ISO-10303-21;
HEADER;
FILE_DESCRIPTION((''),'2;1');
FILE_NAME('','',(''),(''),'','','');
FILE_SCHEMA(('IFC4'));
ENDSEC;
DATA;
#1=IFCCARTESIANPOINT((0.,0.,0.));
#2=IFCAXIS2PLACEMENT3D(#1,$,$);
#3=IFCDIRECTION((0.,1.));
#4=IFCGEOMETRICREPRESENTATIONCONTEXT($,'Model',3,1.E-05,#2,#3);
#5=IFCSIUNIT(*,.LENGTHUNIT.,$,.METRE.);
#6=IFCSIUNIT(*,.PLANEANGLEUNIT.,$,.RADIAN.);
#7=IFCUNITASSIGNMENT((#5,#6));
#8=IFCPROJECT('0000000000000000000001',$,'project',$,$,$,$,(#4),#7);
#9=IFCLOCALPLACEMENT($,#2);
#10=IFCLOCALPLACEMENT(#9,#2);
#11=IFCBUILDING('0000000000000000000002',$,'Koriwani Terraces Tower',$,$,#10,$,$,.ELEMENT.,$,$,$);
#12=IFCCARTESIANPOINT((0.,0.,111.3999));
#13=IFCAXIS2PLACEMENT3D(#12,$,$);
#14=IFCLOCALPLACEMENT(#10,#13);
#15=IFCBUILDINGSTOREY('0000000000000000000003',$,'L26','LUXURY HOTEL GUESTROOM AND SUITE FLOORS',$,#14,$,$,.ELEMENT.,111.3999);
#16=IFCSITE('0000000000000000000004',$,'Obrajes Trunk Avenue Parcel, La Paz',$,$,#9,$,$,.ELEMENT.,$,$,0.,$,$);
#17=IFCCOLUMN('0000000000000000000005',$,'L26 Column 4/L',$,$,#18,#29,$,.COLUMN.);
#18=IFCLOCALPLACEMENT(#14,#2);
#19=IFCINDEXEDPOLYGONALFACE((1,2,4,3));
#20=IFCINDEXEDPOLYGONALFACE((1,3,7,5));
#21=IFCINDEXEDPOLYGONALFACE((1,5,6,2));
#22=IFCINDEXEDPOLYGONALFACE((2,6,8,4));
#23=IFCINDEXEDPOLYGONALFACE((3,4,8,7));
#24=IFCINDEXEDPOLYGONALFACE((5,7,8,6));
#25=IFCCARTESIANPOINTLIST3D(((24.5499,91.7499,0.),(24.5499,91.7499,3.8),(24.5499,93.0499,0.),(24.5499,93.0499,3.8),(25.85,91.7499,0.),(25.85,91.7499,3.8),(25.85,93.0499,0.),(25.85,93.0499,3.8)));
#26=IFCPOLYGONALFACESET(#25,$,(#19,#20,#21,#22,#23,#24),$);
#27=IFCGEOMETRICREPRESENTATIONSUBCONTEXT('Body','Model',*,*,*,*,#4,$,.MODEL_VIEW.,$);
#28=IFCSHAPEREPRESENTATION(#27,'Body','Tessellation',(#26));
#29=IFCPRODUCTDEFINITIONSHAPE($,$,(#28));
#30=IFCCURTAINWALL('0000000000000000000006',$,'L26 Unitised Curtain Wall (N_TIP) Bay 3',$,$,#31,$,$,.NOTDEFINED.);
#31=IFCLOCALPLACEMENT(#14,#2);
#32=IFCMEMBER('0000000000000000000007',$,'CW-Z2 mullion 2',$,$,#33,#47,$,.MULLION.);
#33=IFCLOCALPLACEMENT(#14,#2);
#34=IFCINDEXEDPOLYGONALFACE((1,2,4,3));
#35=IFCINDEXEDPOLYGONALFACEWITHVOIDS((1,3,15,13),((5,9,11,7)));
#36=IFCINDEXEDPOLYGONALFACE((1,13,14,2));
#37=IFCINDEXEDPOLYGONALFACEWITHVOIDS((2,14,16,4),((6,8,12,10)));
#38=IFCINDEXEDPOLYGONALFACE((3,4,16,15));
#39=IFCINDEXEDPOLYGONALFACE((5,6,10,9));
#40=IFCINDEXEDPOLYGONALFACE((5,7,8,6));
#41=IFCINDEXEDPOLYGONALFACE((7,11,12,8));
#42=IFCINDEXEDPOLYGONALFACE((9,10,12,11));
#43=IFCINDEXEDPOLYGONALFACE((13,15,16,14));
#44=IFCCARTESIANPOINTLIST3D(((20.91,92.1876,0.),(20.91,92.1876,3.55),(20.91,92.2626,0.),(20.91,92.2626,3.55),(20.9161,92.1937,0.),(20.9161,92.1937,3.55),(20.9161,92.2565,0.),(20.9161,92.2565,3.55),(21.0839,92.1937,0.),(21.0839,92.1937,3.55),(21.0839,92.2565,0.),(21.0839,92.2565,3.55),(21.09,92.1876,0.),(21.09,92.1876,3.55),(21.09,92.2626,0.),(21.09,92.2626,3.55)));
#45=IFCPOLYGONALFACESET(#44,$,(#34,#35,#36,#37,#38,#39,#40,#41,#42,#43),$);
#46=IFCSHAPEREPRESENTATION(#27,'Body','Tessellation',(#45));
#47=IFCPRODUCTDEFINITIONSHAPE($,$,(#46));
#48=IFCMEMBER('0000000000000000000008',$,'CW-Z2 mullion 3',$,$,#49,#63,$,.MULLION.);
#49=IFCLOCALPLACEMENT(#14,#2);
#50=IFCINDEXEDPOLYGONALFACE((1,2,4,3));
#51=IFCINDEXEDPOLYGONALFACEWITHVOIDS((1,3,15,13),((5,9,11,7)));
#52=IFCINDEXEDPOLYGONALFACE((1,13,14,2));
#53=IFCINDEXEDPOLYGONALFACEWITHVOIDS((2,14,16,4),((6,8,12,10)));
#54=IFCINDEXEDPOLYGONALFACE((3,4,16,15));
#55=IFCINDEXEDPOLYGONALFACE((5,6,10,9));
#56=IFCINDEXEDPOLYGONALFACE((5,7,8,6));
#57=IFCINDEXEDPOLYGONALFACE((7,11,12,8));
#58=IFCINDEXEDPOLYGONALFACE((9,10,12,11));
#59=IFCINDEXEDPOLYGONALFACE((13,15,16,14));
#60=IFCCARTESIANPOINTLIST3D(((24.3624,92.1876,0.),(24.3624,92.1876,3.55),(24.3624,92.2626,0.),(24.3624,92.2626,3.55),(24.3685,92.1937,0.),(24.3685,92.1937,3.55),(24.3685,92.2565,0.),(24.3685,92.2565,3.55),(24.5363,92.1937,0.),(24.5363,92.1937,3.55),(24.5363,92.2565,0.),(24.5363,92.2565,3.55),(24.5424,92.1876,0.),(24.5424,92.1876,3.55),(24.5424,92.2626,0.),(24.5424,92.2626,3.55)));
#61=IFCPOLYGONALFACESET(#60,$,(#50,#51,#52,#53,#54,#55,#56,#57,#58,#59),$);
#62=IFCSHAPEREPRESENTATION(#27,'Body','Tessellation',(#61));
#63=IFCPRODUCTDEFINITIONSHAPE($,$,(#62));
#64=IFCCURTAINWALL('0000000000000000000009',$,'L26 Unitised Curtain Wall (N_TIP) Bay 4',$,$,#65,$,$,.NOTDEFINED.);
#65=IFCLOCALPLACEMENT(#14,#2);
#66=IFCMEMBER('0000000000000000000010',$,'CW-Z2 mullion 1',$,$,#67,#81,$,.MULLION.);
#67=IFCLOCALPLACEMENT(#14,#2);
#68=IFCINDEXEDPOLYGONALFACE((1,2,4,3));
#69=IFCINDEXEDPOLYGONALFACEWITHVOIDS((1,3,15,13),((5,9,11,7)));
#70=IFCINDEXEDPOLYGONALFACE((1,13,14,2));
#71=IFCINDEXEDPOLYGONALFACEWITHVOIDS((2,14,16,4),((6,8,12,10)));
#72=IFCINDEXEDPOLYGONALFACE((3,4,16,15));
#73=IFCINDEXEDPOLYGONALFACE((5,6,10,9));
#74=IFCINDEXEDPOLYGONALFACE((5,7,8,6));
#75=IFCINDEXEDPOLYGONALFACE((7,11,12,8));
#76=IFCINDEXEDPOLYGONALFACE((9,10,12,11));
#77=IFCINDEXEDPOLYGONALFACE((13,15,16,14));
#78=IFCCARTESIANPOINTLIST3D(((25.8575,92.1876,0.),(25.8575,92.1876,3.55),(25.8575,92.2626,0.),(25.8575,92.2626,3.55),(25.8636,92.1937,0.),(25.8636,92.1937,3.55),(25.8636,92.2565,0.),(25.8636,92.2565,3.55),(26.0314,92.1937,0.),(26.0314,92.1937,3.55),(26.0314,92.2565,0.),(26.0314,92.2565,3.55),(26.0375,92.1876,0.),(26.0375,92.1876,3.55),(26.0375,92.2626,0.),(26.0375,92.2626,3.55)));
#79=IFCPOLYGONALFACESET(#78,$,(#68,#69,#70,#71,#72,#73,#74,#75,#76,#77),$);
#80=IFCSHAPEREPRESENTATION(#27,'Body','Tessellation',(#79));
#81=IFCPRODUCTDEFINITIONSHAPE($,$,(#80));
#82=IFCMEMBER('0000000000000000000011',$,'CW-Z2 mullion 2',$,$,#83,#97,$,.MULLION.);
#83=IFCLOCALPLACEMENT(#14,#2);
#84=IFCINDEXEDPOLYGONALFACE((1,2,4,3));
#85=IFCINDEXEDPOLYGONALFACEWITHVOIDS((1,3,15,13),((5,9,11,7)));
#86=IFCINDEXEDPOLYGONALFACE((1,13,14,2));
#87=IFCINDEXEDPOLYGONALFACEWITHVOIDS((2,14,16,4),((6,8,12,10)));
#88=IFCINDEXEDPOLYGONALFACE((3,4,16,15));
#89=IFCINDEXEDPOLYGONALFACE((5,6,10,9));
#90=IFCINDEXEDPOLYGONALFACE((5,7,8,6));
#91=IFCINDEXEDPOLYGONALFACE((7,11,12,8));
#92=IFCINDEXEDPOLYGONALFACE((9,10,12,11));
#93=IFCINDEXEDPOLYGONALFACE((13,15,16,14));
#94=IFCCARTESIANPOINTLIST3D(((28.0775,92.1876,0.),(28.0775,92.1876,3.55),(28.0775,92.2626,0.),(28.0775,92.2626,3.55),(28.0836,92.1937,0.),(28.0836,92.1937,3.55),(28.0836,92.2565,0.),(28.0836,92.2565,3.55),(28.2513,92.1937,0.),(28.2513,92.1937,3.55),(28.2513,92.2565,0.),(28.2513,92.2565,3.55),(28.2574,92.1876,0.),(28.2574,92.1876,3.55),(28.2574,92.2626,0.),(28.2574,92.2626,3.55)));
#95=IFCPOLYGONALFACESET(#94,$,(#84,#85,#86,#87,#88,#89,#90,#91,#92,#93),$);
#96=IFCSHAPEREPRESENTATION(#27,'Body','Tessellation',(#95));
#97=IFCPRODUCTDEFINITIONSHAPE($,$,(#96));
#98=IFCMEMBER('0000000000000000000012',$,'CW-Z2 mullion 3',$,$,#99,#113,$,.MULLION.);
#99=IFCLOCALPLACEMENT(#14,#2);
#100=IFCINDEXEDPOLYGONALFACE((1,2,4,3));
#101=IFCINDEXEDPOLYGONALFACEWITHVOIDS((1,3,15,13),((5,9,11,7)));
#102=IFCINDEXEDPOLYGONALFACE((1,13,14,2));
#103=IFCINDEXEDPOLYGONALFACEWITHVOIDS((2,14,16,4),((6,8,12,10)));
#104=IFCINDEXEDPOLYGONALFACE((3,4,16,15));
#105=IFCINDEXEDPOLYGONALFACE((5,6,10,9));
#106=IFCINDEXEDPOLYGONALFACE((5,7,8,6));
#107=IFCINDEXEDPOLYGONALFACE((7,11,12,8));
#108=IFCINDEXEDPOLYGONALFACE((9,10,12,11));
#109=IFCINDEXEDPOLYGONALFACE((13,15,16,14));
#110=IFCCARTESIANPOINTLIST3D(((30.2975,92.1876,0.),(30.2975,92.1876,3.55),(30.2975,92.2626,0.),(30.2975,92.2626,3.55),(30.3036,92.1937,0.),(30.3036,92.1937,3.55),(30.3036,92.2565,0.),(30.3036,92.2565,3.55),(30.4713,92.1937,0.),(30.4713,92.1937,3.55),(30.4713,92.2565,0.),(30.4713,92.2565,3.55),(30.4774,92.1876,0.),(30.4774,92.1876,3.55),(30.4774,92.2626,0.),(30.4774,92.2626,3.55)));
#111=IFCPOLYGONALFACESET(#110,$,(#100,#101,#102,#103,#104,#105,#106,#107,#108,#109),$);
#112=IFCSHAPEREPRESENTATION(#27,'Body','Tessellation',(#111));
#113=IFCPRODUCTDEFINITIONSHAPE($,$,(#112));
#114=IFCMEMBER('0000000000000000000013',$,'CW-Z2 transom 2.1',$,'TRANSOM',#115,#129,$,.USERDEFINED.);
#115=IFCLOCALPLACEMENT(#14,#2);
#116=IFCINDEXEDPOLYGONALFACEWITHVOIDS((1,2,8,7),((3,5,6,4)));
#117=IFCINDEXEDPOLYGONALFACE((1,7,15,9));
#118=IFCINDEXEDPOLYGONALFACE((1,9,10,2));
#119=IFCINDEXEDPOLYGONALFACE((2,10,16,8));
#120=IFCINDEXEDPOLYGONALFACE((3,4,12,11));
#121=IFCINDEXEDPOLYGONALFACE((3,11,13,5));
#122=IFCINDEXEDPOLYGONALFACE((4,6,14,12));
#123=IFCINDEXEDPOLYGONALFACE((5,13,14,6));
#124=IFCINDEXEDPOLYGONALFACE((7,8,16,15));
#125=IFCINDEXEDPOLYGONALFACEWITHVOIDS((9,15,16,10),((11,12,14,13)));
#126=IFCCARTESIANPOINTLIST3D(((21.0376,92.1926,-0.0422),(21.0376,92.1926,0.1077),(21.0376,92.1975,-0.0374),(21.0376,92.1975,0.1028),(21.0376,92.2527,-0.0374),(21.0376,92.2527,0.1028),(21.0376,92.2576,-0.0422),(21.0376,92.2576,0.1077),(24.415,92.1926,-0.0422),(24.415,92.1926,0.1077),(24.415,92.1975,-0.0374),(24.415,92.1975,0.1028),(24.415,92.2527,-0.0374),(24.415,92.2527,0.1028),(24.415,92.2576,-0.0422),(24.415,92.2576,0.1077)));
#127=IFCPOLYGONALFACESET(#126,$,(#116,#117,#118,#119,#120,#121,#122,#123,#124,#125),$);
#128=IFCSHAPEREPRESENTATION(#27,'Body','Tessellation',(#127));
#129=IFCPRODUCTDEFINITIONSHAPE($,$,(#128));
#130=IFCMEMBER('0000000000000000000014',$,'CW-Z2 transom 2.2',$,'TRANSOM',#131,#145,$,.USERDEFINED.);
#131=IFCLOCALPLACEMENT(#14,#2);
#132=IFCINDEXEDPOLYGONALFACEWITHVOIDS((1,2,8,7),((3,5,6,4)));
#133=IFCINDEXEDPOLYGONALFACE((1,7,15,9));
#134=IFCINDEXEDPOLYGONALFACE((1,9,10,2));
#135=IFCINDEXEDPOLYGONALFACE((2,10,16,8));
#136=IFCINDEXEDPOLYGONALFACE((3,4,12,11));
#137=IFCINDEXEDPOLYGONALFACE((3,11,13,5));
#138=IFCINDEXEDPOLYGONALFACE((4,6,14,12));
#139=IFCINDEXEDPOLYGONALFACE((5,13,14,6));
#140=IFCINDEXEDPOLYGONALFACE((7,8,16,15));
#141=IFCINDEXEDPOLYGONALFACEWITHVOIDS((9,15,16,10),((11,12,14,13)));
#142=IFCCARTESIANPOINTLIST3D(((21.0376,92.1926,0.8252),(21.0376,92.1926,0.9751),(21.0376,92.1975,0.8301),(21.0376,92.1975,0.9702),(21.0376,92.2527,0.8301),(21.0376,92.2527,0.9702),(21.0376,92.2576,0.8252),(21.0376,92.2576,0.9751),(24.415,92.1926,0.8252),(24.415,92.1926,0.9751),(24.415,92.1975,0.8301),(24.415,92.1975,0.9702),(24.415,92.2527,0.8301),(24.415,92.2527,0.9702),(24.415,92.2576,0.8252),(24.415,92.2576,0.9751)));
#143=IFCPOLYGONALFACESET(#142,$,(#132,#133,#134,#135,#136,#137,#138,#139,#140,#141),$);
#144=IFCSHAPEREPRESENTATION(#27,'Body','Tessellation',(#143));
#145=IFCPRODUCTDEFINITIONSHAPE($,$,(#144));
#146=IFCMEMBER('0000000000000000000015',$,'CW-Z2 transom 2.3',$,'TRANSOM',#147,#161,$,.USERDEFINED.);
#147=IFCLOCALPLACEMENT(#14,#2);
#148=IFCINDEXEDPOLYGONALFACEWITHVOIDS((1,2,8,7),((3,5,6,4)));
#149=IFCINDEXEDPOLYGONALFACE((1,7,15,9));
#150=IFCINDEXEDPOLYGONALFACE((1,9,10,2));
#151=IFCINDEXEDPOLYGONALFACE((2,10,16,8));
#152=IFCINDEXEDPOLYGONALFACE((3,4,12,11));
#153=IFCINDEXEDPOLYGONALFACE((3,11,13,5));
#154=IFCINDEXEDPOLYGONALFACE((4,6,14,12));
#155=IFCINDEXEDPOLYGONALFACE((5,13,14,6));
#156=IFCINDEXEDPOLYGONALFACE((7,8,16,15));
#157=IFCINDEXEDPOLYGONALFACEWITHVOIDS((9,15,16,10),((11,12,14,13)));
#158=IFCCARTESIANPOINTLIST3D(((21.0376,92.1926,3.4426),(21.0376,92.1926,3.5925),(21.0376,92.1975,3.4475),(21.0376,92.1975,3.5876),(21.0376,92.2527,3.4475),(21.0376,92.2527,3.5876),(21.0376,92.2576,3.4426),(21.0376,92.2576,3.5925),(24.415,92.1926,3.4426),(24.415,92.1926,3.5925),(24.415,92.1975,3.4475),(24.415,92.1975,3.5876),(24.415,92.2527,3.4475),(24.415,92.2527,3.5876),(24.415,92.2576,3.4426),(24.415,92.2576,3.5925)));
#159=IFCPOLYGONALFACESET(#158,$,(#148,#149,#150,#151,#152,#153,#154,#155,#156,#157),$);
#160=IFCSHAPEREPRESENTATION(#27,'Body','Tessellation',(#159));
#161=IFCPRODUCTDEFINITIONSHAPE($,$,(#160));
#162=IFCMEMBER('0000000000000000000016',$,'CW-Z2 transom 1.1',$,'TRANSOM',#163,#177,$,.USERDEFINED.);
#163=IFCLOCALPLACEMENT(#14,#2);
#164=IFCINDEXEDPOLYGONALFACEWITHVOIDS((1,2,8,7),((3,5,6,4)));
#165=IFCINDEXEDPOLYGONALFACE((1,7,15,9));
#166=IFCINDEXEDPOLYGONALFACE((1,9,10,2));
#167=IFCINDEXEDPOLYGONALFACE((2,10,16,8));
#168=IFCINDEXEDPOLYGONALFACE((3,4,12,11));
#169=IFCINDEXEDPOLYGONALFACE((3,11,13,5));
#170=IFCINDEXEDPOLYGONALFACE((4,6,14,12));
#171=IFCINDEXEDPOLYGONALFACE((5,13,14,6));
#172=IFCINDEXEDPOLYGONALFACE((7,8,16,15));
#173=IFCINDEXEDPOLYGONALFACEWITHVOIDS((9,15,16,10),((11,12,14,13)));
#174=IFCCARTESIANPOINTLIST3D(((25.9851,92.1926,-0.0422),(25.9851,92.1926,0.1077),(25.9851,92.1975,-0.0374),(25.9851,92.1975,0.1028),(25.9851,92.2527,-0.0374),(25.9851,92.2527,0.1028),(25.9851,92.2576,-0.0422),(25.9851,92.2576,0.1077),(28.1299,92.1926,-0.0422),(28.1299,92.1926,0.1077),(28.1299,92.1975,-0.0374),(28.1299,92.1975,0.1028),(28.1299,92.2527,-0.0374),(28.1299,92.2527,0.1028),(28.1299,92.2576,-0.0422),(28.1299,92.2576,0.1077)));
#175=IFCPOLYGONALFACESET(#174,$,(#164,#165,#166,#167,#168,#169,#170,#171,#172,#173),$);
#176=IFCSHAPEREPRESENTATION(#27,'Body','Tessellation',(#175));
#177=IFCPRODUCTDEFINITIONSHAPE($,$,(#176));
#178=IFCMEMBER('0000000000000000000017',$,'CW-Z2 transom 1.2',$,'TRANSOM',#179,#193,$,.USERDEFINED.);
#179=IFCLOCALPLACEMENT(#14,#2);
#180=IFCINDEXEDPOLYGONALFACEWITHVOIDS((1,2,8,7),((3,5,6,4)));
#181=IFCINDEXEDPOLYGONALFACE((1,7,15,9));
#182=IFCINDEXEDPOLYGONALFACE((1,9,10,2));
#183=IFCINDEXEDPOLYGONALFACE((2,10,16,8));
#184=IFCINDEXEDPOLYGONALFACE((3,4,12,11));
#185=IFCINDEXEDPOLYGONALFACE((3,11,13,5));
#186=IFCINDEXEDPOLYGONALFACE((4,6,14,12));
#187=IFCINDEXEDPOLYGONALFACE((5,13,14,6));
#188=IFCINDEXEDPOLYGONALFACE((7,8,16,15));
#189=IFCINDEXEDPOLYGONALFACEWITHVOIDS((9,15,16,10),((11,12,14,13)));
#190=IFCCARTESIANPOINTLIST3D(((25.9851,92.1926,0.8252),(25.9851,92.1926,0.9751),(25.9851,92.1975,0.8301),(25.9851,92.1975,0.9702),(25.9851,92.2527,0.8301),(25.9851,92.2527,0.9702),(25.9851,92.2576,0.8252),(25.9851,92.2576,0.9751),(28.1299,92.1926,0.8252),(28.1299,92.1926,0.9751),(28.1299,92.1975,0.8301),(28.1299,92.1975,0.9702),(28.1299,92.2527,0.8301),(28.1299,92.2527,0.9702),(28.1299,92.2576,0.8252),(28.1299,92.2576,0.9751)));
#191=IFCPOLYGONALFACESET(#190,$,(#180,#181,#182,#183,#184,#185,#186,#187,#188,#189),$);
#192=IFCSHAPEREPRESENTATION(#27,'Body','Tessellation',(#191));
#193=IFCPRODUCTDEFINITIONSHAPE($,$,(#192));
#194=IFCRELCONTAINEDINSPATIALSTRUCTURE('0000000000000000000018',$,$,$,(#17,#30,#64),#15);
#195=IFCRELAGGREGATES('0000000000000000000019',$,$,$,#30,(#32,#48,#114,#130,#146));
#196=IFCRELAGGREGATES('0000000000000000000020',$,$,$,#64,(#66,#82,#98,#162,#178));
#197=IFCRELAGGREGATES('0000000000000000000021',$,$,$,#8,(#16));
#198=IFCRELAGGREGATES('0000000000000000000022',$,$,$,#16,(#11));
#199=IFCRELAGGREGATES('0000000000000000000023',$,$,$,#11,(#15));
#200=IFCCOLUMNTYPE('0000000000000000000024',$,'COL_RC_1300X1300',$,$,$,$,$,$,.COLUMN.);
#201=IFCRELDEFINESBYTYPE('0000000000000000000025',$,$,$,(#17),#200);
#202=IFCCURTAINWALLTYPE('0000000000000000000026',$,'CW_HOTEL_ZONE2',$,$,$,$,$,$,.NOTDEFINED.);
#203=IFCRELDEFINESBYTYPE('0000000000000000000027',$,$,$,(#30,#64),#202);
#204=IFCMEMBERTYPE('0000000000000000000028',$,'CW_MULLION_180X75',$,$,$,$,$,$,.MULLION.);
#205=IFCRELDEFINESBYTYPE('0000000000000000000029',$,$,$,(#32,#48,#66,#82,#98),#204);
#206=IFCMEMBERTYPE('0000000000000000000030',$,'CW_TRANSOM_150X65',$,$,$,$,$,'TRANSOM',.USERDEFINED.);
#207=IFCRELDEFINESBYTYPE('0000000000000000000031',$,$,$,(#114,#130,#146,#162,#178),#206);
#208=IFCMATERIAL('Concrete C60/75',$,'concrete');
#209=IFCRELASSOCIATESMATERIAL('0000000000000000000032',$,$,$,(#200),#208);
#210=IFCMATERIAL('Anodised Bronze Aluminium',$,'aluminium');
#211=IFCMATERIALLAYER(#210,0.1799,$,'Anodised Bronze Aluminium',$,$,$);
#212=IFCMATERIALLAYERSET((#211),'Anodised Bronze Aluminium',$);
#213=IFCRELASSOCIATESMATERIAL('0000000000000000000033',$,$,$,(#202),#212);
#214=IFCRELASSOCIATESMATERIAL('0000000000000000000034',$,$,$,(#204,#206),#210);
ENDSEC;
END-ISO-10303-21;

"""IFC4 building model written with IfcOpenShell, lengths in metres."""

from ifc_helpers import new_model, si_unit, direction, frame, origin, origin_2d, place, context, subcontext, project, spatial, rectangle, hollow_rectangle, extrude, material, layer, layer_set, material_profile, profile_set, type_object, element, aggregate, save


model = new_model("IFC4")

# Units and contexts
model_context = context("Model", 3, precision=1e-05, world=origin(), true_north=direction((0.0, 1.0)))
body_context = subcontext(model_context, "Body", "Model", "MODEL_VIEW")
ifc_project = project(units=[si_unit("LENGTHUNIT", "METRE"), si_unit("PLANEANGLEUNIT", "RADIAN")], contexts=[model_context])

# Site, building, storey
site_placement = place(None, origin())
site = spatial("IfcSite", under=ifc_project, at=site_placement, Name="Obrajes Trunk Avenue Parcel, La Paz", CompositionType="ELEMENT", RefElevation=0.0)
building_placement = place(site_placement, origin())
building = spatial("IfcBuilding", under=site, at=building_placement, Name="Koriwani Terraces Tower", CompositionType="ELEMENT")
storey_placement = place(building_placement, frame((0.0, 0.0, 111.3999)))
storey = spatial("IfcBuildingStorey", under=building, at=storey_placement, Name="L26", Description="LUXURY HOTEL GUESTROOM AND SUITE FLOORS", CompositionType="ELEMENT", Elevation=111.3999)

# Column
ifc_material_1 = material(Name="Concrete C60/75", Category="concrete")
ifc_material_profile_1 = material_profile(ifc_material_1, rectangle(XDim=1.3, YDim=1.3, at=origin_2d()), Name="Concrete C60/75", Category="LoadBearing")
ifc_profile_set_1 = profile_set([ifc_material_profile_1], Name="Concrete C60/75")
column_type = type_object("IfcColumnType", Name="COL_RC_1300X1300", PredefinedType="COLUMN", material=ifc_profile_set_1)
column_placement = place(storey_placement, frame((25.2, 92.3999, 0.0), z_axis=(0.0, 0.0, 1.0), x_axis=(1.0, 0.0, 0.0)))
element("IfcColumn", 1, at=column_placement, inside=storey, type_object=column_type, Name="L26 Column 4/L", PredefinedType="COLUMN", context=body_context, shape_type="SweptSolid", body=[
    extrude(rectangle(XDim=1.3, YDim=1.3, at=origin_2d()), origin(), (0.0, 0.0, 1.0), 3.8),
])

# Curtain walls, members
ifc_material_2 = material(Name="Anodised Bronze Aluminium", Category="aluminium")
ifc_layer_1 = layer(ifc_material_2, 0.1799, Name="Anodised Bronze Aluminium")
ifc_layer_set_1 = layer_set([ifc_layer_1], Name="Anodised Bronze Aluminium")
curtain_wall_type = type_object("IfcCurtainWallType", Name="CW_HOTEL_ZONE2", PredefinedType="NOTDEFINED", material=ifc_layer_set_1)
curtain_wall_1_placement = place(storey_placement, origin())
curtain_wall_1 = element("IfcCurtainWall", 2, at=curtain_wall_1_placement, inside=storey, type_object=curtain_wall_type, Name="L26 Unitised Curtain Wall (N_TIP) Bay 3", PredefinedType="NOTDEFINED")
ifc_material_profile_2 = material_profile(ifc_material_2, hollow_rectangle(XDim=0.075, YDim=0.1799, WallThickness=0.0061, at=origin_2d()), Name="Anodised Bronze Aluminium", Category="LoadBearing")
ifc_profile_set_2 = profile_set([ifc_material_profile_2], Name="Anodised Bronze Aluminium")
member_type_1 = type_object("IfcMemberType", Name="CW_MULLION_180X75", PredefinedType="MULLION", material=ifc_profile_set_2)
member_1_placement = place(storey_placement, frame((21.0, 92.2251, 0.0), z_axis=(0.0, 0.0, 1.0), x_axis=(0.0, 1.0, 0.0)))
member_1 = element("IfcMember", 3, at=member_1_placement, type_object=member_type_1, Name="CW-Z2 mullion 2", PredefinedType="MULLION", context=body_context, shape_type="SweptSolid", body=[
    extrude(hollow_rectangle(XDim=0.075, YDim=0.1799, WallThickness=0.0061, at=origin_2d()), origin(), (0.0, 0.0, 1.0), 3.55),
])
member_2_placement = place(storey_placement, frame((24.4524, 92.2251, 0.0), z_axis=(0.0, 0.0, 1.0), x_axis=(0.0, 1.0, 0.0)))
member_2 = element("IfcMember", 4, at=member_2_placement, type_object=member_type_1, Name="CW-Z2 mullion 3", PredefinedType="MULLION", context=body_context, shape_type="SweptSolid", body=[
    extrude(hollow_rectangle(XDim=0.075, YDim=0.1799, WallThickness=0.0061, at=origin_2d()), origin(), (0.0, 0.0, 1.0), 3.55),
])
curtain_wall_2_placement = place(storey_placement, origin())
curtain_wall_2 = element("IfcCurtainWall", 5, at=curtain_wall_2_placement, inside=storey, type_object=curtain_wall_type, Name="L26 Unitised Curtain Wall (N_TIP) Bay 4", PredefinedType="NOTDEFINED")
member_3_placement = place(storey_placement, frame((25.9475, 92.2251, 0.0), z_axis=(0.0, 0.0, 1.0), x_axis=(0.0, 1.0, 0.0)))
member_3 = element("IfcMember", 6, at=member_3_placement, type_object=member_type_1, Name="CW-Z2 mullion 1", PredefinedType="MULLION", context=body_context, shape_type="SweptSolid", body=[
    extrude(hollow_rectangle(XDim=0.075, YDim=0.1799, WallThickness=0.0061, at=origin_2d()), origin(), (0.0, 0.0, 1.0), 3.55),
])
member_4_placement = place(storey_placement, frame((28.1675, 92.2251, 0.0), z_axis=(0.0, 0.0, 1.0), x_axis=(0.0, 1.0, 0.0)))
member_4 = element("IfcMember", 7, at=member_4_placement, type_object=member_type_1, Name="CW-Z2 mullion 2", PredefinedType="MULLION", context=body_context, shape_type="SweptSolid", body=[
    extrude(hollow_rectangle(XDim=0.075, YDim=0.1799, WallThickness=0.0061, at=origin_2d()), origin(), (0.0, 0.0, 1.0), 3.55),
])
member_5_placement = place(storey_placement, frame((30.3875, 92.2251, 0.0), z_axis=(0.0, 0.0, 1.0), x_axis=(0.0, 1.0, 0.0)))
member_5 = element("IfcMember", 8, at=member_5_placement, type_object=member_type_1, Name="CW-Z2 mullion 3", PredefinedType="MULLION", context=body_context, shape_type="SweptSolid", body=[
    extrude(hollow_rectangle(XDim=0.075, YDim=0.1799, WallThickness=0.0061, at=origin_2d()), origin(), (0.0, 0.0, 1.0), 3.55),
])

# Members
ifc_material_profile_3 = material_profile(ifc_material_2, hollow_rectangle(XDim=0.0649, YDim=0.1499, WallThickness=0.0049, at=origin_2d()), Name="Anodised Bronze Aluminium", Category="LoadBearing")
ifc_profile_set_3 = profile_set([ifc_material_profile_3], Name="Anodised Bronze Aluminium")
member_type_2 = type_object("IfcMemberType", Name="CW_TRANSOM_150X65", ElementType="TRANSOM", PredefinedType="USERDEFINED", material=ifc_profile_set_3)
member_6_placement = place(storey_placement, frame((21.0376, 92.2251, 0.0327), z_axis=(1.0, 0.0, 0.0), x_axis=(0.0, 1.0, 0.0)))
member_6 = element("IfcMember", 9, at=member_6_placement, type_object=member_type_2, Name="CW-Z2 transom 2.1", ObjectType="TRANSOM", PredefinedType="USERDEFINED", context=body_context, shape_type="SweptSolid", body=[
    extrude(hollow_rectangle(XDim=0.0649, YDim=0.1499, WallThickness=0.0049, at=origin_2d()), origin(), (0.0, 0.0, 1.0), 3.3774),
])
member_7_placement = place(storey_placement, frame((21.0376, 92.2251, 0.9001), z_axis=(1.0, 0.0, 0.0), x_axis=(0.0, 1.0, 0.0)))
member_7 = element("IfcMember", 10, at=member_7_placement, type_object=member_type_2, Name="CW-Z2 transom 2.2", ObjectType="TRANSOM", PredefinedType="USERDEFINED", context=body_context, shape_type="SweptSolid", body=[
    extrude(hollow_rectangle(XDim=0.0649, YDim=0.1499, WallThickness=0.0049, at=origin_2d()), origin(), (0.0, 0.0, 1.0), 3.3774),
])
member_8_placement = place(storey_placement, frame((21.0376, 92.2251, 3.5176), z_axis=(1.0, 0.0, 0.0), x_axis=(0.0, 1.0, 0.0)))
member_8 = element("IfcMember", 11, at=member_8_placement, type_object=member_type_2, Name="CW-Z2 transom 2.3", ObjectType="TRANSOM", PredefinedType="USERDEFINED", context=body_context, shape_type="SweptSolid", body=[
    extrude(hollow_rectangle(XDim=0.0649, YDim=0.1499, WallThickness=0.0049, at=origin_2d()), origin(), (0.0, 0.0, 1.0), 3.3774),
])
member_9_placement = place(storey_placement, frame((25.9851, 92.2251, 0.0327), z_axis=(1.0, 0.0, 0.0), x_axis=(0.0, 1.0, 0.0)))
member_9 = element("IfcMember", 12, at=member_9_placement, type_object=member_type_2, Name="CW-Z2 transom 1.1", ObjectType="TRANSOM", PredefinedType="USERDEFINED", context=body_context, shape_type="SweptSolid", body=[
    extrude(hollow_rectangle(XDim=0.0649, YDim=0.1499, WallThickness=0.0049, at=origin_2d()), origin(), (0.0, 0.0, 1.0), 2.1448),
])
member_10_placement = place(storey_placement, frame((25.9851, 92.2251, 0.9001), z_axis=(1.0, 0.0, 0.0), x_axis=(0.0, 1.0, 0.0)))
member_10 = element("IfcMember", 13, at=member_10_placement, type_object=member_type_2, Name="CW-Z2 transom 1.2", ObjectType="TRANSOM", PredefinedType="USERDEFINED", context=body_context, shape_type="SweptSolid", body=[
    extrude(hollow_rectangle(XDim=0.0649, YDim=0.1499, WallThickness=0.0049, at=origin_2d()), origin(), (0.0, 0.0, 1.0), 2.1448),
])

aggregate(curtain_wall_1, [member_1, member_2, member_6, member_7, member_8])
aggregate(curtain_wall_2, [member_3, member_4, member_5, member_9, member_10])

save(model, "model.ifc")
